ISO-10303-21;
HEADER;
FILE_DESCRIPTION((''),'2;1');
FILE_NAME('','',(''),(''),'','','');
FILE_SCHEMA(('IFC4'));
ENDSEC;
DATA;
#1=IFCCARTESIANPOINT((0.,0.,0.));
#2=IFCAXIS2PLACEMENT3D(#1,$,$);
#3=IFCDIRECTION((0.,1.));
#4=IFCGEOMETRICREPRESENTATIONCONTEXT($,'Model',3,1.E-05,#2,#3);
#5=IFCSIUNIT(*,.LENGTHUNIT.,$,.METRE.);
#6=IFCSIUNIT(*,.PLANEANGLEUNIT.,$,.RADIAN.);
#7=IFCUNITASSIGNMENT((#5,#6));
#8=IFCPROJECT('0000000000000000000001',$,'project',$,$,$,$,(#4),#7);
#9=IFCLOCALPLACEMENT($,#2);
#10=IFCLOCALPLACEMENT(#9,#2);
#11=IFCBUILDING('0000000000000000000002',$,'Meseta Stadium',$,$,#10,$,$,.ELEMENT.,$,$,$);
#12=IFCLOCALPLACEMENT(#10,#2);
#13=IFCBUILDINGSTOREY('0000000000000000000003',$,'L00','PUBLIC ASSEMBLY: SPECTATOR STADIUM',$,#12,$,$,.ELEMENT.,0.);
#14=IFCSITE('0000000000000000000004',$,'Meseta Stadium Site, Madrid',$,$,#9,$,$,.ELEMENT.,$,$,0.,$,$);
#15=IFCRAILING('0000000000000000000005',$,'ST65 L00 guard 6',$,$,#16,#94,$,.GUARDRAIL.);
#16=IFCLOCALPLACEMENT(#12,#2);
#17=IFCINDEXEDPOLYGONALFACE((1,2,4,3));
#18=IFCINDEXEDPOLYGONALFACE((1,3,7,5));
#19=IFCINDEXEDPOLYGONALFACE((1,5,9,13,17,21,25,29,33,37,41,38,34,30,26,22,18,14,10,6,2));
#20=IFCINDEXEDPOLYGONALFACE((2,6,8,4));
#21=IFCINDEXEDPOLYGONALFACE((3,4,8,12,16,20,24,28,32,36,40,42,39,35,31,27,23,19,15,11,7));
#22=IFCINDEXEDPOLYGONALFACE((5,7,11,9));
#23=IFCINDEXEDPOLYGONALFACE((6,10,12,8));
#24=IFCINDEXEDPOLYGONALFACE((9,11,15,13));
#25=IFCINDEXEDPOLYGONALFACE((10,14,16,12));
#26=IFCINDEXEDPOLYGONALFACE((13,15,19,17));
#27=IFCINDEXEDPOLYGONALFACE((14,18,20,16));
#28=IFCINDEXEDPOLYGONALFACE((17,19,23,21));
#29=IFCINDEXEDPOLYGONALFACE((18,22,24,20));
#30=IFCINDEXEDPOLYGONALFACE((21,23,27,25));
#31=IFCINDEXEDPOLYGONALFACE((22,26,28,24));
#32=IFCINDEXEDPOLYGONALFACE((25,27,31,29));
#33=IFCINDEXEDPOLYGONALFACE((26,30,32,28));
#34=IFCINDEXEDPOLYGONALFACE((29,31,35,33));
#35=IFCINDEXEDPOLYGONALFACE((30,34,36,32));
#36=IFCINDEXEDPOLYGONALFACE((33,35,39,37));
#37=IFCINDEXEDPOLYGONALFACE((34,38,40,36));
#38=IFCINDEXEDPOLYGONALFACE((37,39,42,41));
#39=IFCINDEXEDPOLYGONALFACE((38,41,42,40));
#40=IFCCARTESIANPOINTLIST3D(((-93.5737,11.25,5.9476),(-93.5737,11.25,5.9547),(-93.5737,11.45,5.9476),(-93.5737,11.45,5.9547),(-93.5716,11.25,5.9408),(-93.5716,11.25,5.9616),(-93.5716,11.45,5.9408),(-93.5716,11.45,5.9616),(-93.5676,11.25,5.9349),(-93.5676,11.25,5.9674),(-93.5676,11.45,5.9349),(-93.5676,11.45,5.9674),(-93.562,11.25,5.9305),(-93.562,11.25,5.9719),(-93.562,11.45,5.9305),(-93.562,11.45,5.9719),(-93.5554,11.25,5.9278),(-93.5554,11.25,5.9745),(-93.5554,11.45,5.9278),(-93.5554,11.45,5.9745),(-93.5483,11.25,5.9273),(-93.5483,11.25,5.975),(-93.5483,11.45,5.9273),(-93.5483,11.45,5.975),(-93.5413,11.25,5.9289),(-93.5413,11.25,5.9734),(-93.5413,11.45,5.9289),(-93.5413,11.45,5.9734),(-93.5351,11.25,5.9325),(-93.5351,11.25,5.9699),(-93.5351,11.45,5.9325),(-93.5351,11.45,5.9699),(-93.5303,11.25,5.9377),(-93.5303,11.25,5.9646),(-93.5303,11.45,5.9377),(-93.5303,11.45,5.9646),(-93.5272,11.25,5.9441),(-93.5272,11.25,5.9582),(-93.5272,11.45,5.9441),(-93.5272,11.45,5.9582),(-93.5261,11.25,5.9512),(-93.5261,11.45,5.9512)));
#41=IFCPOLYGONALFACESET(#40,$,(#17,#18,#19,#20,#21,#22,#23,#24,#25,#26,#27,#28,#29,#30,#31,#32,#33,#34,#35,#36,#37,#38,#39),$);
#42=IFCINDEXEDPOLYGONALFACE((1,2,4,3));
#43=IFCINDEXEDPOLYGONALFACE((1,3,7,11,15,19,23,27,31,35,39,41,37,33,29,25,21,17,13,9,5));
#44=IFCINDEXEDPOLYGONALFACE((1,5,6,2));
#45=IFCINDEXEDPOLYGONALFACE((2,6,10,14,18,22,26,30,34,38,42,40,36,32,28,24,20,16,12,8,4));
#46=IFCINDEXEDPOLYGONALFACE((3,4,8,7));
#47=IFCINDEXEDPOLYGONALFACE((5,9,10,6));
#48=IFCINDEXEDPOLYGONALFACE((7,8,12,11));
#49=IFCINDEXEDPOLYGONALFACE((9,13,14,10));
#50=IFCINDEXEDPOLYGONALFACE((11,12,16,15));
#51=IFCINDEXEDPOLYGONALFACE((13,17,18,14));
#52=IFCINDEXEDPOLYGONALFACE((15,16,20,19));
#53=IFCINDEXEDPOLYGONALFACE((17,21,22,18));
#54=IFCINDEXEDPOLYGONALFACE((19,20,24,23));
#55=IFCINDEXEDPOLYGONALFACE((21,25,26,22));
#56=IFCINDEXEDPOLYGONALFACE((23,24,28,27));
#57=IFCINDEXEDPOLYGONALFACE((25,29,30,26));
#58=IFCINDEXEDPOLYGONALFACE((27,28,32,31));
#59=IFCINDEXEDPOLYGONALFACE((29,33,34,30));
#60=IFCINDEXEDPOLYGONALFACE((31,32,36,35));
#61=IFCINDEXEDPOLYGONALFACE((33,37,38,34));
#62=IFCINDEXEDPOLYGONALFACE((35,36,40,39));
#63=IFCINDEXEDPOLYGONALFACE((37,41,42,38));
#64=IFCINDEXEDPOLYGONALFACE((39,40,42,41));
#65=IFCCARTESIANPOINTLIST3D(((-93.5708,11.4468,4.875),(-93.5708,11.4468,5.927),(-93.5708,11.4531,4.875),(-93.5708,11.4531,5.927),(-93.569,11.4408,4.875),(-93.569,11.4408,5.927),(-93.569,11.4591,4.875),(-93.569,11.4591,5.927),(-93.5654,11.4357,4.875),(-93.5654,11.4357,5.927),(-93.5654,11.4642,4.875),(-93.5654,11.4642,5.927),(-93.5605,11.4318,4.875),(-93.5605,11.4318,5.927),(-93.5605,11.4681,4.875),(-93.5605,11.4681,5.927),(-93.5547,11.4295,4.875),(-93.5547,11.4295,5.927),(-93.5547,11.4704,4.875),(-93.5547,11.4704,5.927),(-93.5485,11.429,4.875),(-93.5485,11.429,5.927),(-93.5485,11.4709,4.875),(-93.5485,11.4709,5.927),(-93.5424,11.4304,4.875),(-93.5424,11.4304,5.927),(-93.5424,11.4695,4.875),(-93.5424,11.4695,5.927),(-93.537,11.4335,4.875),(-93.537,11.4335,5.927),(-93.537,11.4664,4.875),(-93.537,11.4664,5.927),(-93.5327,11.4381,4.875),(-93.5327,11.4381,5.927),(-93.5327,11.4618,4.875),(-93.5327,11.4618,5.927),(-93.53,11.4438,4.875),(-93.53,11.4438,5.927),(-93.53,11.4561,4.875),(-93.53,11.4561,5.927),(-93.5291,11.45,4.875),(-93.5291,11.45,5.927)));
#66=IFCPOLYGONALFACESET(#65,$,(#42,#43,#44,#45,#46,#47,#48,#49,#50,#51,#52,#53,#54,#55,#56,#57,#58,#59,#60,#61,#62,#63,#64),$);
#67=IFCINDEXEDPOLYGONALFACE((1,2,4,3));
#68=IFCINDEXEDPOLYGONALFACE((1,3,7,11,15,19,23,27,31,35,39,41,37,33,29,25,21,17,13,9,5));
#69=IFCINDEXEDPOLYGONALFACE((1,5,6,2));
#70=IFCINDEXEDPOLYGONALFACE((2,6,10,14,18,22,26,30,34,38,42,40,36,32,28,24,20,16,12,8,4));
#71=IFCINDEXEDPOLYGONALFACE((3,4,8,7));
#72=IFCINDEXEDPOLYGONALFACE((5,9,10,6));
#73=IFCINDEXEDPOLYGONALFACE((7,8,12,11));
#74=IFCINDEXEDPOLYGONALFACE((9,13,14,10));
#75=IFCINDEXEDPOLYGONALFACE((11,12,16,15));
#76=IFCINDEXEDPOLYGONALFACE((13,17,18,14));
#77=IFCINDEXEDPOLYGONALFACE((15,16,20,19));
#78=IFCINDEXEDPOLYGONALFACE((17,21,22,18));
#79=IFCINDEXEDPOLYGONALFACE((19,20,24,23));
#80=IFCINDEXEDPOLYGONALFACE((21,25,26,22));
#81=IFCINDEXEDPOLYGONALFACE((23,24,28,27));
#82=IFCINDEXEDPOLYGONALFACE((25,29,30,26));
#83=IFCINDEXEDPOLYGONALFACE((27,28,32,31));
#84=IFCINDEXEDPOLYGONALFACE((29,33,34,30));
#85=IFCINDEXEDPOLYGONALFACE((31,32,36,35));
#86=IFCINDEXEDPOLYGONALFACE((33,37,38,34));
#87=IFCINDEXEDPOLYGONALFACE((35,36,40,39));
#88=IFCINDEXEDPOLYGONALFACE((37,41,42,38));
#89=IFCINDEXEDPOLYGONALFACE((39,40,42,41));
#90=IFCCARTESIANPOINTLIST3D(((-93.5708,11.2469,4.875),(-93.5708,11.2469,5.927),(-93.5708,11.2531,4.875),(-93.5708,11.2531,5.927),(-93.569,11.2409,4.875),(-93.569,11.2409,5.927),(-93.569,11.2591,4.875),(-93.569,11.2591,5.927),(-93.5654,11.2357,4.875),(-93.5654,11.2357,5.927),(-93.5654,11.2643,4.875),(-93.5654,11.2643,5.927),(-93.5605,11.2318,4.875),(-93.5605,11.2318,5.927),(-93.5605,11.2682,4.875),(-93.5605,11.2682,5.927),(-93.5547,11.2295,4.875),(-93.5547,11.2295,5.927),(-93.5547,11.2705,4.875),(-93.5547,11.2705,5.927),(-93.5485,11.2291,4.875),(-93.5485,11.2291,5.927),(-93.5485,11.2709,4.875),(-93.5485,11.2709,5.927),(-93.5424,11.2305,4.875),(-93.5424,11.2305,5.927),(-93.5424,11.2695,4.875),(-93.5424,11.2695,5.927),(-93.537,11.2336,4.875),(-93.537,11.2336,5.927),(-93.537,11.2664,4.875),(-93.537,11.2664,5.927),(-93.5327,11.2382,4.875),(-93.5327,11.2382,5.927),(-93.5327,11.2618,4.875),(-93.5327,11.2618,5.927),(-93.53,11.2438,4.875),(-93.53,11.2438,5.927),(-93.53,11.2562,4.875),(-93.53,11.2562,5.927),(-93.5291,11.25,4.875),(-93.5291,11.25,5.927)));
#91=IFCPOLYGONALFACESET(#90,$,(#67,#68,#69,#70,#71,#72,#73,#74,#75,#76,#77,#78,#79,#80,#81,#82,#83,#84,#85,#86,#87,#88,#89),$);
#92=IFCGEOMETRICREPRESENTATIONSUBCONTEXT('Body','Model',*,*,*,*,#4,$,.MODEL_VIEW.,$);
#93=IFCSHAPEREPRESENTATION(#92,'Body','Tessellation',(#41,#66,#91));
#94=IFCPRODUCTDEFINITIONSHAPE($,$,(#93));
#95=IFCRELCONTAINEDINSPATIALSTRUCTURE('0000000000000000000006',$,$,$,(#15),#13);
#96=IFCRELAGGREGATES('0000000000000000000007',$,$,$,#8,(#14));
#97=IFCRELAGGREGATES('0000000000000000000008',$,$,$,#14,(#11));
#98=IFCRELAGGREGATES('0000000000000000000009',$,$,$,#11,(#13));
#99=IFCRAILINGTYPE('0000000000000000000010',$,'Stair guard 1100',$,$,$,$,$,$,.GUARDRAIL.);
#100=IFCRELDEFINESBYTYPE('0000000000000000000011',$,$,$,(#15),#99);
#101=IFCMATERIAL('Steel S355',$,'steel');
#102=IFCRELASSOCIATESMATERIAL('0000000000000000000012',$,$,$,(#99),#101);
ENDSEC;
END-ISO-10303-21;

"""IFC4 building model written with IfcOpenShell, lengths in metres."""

from ifc_helpers import new_model, si_unit, direction, frame, origin, origin_2d, place, context, subcontext, project, spatial, circle, extrude, material, type_object, element, save


model = new_model("IFC4")

# Units and contexts
model_context = context("Model", 3, precision=1e-05, world=origin(), true_north=direction((0.0, 1.0)))
body_context = subcontext(model_context, "Body", "Model", "MODEL_VIEW")
ifc_project = project(units=[si_unit("LENGTHUNIT", "METRE"), si_unit("PLANEANGLEUNIT", "RADIAN")], contexts=[model_context])

# Site, building, storey
site_placement = place(None, origin())
site = spatial("IfcSite", under=ifc_project, at=site_placement, Name="Meseta Stadium Site, Madrid", CompositionType="ELEMENT", RefElevation=0.0)
building_placement = place(site_placement, origin())
building = spatial("IfcBuilding", under=site, at=building_placement, Name="Meseta Stadium", CompositionType="ELEMENT")
storey_placement = place(building_placement, origin())
storey = spatial("IfcBuildingStorey", under=building, at=storey_placement, Name="L00", Description="PUBLIC ASSEMBLY: SPECTATOR STADIUM", CompositionType="ELEMENT", Elevation=0.0)

# Railing
ifc_material_1 = material(Name="Steel S355", Category="steel")
railing_type_1 = type_object("IfcRailingType", Name="Stair guard 1100", PredefinedType="GUARDRAIL", material=ifc_material_1)
railing_1_placement = place(storey_placement, frame((-93.55, 11.45, 4.875)))
element("IfcRailing", 1, at=railing_1_placement, inside=storey, type_object=railing_type_1, Name="ST65 L00 guard 6", PredefinedType="GUARDRAIL", context=body_context, shape_type="SweptSolid", body=[
    extrude(circle(Radius=0.0239, at=origin_2d()), frame((0.0, 0.0, 1.0762), z_axis=(0.0, -1.0, 0.0), x_axis=(1.0, 0.0, 0.0)), (0.0, 0.0, 1.0), 0.2),
    extrude(circle(Radius=0.021, at=origin_2d()), origin(), (0.0, 0.0, 1.0), 1.052),
    extrude(circle(Radius=0.021, at=origin_2d()), frame((0.0, -0.2, 0.0)), (0.0, 0.0, 1.0), 1.052),
])

save(model, "model.ifc")
